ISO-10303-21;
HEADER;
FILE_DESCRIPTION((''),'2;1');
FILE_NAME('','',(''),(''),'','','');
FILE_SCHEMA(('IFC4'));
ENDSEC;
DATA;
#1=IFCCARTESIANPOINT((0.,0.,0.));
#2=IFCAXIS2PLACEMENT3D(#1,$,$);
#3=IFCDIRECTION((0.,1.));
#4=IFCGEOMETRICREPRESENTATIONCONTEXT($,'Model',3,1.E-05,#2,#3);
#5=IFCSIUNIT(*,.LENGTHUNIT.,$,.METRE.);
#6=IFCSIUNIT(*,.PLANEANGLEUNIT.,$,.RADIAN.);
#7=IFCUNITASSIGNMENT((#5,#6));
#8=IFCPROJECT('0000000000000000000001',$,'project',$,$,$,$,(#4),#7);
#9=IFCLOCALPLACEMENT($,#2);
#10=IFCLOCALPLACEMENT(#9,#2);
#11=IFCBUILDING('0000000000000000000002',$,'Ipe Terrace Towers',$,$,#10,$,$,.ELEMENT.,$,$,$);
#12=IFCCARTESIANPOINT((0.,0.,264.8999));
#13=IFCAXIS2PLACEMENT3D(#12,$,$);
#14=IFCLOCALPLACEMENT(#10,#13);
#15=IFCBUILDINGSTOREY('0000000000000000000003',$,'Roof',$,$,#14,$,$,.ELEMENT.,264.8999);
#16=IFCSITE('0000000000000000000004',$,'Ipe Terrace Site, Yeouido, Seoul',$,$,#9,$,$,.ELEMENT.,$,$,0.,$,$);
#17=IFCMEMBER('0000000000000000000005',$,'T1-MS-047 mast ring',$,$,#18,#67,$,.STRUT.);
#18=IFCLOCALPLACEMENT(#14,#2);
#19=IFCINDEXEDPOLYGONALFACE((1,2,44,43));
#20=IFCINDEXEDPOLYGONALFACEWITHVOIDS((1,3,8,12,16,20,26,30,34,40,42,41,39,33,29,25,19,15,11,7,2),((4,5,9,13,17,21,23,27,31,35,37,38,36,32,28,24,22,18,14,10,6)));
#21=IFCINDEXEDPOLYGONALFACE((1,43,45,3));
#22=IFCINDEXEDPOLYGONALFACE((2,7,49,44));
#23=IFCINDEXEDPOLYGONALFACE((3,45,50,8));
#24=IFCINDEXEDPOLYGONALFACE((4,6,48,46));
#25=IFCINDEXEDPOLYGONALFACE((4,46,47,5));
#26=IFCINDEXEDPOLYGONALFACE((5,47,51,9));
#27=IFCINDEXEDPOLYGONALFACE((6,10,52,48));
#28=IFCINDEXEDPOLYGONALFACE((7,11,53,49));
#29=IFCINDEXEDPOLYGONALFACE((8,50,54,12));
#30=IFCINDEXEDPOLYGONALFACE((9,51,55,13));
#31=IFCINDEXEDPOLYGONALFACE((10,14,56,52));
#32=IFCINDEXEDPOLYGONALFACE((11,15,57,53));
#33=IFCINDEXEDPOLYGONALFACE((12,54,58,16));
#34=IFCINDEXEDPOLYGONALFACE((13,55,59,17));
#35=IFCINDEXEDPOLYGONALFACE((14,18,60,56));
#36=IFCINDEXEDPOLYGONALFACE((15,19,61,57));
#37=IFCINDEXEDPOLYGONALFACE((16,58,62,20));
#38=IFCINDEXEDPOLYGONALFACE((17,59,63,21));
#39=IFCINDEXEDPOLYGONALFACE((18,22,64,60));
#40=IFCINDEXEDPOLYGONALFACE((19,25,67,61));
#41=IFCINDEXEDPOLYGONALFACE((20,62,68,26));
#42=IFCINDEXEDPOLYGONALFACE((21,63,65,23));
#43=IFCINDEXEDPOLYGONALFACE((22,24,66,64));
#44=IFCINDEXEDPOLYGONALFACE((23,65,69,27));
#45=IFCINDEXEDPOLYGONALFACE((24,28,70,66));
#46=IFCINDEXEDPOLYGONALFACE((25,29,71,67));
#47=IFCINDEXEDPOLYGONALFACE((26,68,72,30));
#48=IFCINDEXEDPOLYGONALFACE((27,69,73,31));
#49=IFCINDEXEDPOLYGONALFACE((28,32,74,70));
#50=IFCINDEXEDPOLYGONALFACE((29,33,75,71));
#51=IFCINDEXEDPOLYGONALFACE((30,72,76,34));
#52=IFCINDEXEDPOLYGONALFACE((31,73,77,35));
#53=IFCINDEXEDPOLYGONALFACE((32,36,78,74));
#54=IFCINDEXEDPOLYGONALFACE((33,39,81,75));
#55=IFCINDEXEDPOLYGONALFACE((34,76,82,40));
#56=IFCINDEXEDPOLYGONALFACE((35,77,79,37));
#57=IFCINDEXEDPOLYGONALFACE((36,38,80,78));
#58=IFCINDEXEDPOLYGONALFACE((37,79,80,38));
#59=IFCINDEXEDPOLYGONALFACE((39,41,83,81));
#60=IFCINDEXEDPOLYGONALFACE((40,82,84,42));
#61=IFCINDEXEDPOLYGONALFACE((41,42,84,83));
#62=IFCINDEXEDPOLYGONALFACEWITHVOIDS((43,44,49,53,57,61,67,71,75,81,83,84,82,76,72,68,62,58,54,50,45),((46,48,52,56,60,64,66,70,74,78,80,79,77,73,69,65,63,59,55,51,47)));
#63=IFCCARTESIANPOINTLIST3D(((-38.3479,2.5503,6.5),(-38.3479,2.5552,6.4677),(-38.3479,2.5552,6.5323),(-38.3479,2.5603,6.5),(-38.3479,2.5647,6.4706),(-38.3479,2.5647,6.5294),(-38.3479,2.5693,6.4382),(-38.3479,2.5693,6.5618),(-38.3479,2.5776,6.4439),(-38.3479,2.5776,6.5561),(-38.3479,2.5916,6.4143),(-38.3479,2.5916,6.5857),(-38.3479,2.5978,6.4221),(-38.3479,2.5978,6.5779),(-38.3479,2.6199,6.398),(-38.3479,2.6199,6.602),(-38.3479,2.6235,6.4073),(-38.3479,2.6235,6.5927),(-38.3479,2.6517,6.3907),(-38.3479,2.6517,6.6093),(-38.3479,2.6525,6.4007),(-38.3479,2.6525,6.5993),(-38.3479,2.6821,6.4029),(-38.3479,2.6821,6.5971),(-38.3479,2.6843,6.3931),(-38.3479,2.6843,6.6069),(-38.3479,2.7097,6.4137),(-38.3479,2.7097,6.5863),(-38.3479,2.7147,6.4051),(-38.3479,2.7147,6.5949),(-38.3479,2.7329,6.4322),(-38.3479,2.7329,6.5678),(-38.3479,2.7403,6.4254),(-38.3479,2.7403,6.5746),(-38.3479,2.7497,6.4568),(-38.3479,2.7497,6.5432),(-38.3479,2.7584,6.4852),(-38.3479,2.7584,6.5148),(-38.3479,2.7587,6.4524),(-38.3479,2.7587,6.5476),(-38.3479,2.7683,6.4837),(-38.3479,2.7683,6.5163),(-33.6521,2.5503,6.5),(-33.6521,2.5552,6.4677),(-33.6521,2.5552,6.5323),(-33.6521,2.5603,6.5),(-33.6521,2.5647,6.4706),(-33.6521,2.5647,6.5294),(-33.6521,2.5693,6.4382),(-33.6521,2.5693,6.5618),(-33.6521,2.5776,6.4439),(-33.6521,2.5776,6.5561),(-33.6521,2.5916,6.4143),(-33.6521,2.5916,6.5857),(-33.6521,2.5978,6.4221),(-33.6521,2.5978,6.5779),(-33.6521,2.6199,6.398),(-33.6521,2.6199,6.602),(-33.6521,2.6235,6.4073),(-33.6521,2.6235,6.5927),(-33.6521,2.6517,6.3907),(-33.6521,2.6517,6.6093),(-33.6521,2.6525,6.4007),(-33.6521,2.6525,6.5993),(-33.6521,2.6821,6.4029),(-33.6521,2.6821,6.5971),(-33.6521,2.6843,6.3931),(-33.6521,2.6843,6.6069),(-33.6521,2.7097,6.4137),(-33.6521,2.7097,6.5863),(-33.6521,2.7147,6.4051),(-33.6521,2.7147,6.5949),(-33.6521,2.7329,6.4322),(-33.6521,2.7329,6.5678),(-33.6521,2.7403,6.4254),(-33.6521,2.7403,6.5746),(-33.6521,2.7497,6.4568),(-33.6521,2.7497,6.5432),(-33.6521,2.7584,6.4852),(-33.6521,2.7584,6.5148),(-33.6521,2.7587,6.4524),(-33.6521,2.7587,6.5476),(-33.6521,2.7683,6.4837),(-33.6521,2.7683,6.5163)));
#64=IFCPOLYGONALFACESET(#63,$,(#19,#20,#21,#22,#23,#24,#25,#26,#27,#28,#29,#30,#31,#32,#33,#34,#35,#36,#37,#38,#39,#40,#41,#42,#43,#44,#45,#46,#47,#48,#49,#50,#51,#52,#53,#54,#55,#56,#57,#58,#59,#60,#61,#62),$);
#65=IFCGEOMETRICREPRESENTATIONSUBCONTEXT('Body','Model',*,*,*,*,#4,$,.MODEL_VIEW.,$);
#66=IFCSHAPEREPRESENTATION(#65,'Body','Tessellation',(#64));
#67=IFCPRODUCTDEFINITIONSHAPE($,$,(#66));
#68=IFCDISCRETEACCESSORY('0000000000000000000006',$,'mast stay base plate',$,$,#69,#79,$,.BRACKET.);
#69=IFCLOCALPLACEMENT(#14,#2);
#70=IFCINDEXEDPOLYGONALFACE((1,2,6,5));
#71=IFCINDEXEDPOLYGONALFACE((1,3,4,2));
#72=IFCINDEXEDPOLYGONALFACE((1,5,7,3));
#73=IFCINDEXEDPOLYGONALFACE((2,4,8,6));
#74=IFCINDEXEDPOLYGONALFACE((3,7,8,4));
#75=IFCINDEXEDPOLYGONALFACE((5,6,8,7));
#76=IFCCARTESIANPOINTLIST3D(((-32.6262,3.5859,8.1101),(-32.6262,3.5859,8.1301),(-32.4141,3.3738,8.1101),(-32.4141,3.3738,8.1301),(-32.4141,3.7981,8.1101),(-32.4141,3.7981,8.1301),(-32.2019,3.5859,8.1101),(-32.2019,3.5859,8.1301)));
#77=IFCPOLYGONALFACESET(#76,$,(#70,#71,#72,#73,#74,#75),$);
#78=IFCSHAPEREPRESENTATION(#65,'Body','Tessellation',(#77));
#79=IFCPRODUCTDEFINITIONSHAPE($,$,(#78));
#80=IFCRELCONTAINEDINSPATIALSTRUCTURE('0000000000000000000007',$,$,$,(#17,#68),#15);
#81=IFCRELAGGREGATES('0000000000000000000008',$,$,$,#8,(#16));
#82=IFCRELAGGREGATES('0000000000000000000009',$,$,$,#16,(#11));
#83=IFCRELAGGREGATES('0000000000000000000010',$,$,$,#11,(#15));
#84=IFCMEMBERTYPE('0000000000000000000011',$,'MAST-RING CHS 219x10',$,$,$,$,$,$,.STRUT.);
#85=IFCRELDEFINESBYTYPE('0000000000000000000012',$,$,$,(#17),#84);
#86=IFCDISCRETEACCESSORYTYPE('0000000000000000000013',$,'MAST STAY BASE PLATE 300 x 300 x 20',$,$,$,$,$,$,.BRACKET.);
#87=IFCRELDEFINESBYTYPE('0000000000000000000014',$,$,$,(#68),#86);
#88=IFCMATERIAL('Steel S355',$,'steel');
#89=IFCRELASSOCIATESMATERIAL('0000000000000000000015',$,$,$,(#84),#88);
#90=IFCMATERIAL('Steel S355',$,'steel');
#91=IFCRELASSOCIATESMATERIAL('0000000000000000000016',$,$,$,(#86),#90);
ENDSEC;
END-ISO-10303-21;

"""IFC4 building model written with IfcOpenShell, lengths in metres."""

from ifc_helpers import new_model, si_unit, direction, frame, origin, origin_2d, place, context, subcontext, project, spatial, rectangle, hollow_circle, extrude, material, material_profile, profile_set, type_object, element, save


model = new_model("IFC4")

# Units and contexts
model_context = context("Model", 3, precision=1e-05, world=origin(), true_north=direction((0.0, 1.0)))
body_context = subcontext(model_context, "Body", "Model", "MODEL_VIEW")
ifc_project = project(units=[si_unit("LENGTHUNIT", "METRE"), si_unit("PLANEANGLEUNIT", "RADIAN")], contexts=[model_context])

# Site, building, storey
site_placement = place(None, origin())
site = spatial("IfcSite", under=ifc_project, at=site_placement, Name="Ipe Terrace Site, Yeouido, Seoul", CompositionType="ELEMENT", RefElevation=0.0)
building_placement = place(site_placement, origin())
building = spatial("IfcBuilding", under=site, at=building_placement, Name="Ipe Terrace Towers", CompositionType="ELEMENT")
storey_placement = place(building_placement, frame((0.0, 0.0, 264.8999)))
storey = spatial("IfcBuildingStorey", under=building, at=storey_placement, Name="Roof", CompositionType="ELEMENT", Elevation=264.8999)

# Member
ifc_material_1 = material(Name="Steel S355", Category="steel")
ifc_material_profile_1 = material_profile(ifc_material_1, hollow_circle(Radius=0.1096, WallThickness=0.01, at=origin_2d()), Name="MAST-RING CHS 219x10")
ifc_profile_set_1 = profile_set([ifc_material_profile_1], Name="Steel S355")
member_type_1 = type_object("IfcMemberType", Name="MAST-RING CHS 219x10", PredefinedType="STRUT", material=ifc_profile_set_1)
member_1_placement = place(storey_placement, frame((-33.6521, 2.6599, 6.5), z_axis=(-1.0, 0.0, 0.0), x_axis=(0.0, -1.0, 0.0)))
element("IfcMember", 1, at=member_1_placement, inside=storey, type_object=member_type_1, Name="T1-MS-047 mast ring", PredefinedType="STRUT", context=body_context, shape_type="SweptSolid", body=[
    extrude(hollow_circle(Radius=0.1096, WallThickness=0.01, at=origin_2d()), origin(), (0.0, 0.0, 1.0), 4.6958),
])

# Discrete accessory
ifc_material_2 = material(Name="Steel S355", Category="steel")
discrete_accessory_type = type_object("IfcDiscreteAccessoryType", Name="MAST STAY BASE PLATE 300 x 300 x 20", PredefinedType="BRACKET", material=ifc_material_2)
discrete_accessory_placement = place(storey_placement, frame((-32.4141, 3.5859, 8.1101), z_axis=(0.0, 0.0, 1.0), x_axis=(-0.707107, -0.707107, 0.0)))
element("IfcDiscreteAccessory", 2, at=discrete_accessory_placement, inside=storey, type_object=discrete_accessory_type, Name="mast stay base plate", PredefinedType="BRACKET", context=body_context, shape_type="SweptSolid", body=[
    extrude(rectangle(XDim=0.3, YDim=0.3, at=origin_2d()), origin(), (0.0, 0.0, 1.0), 0.02),
])

save(model, "model.ifc")
